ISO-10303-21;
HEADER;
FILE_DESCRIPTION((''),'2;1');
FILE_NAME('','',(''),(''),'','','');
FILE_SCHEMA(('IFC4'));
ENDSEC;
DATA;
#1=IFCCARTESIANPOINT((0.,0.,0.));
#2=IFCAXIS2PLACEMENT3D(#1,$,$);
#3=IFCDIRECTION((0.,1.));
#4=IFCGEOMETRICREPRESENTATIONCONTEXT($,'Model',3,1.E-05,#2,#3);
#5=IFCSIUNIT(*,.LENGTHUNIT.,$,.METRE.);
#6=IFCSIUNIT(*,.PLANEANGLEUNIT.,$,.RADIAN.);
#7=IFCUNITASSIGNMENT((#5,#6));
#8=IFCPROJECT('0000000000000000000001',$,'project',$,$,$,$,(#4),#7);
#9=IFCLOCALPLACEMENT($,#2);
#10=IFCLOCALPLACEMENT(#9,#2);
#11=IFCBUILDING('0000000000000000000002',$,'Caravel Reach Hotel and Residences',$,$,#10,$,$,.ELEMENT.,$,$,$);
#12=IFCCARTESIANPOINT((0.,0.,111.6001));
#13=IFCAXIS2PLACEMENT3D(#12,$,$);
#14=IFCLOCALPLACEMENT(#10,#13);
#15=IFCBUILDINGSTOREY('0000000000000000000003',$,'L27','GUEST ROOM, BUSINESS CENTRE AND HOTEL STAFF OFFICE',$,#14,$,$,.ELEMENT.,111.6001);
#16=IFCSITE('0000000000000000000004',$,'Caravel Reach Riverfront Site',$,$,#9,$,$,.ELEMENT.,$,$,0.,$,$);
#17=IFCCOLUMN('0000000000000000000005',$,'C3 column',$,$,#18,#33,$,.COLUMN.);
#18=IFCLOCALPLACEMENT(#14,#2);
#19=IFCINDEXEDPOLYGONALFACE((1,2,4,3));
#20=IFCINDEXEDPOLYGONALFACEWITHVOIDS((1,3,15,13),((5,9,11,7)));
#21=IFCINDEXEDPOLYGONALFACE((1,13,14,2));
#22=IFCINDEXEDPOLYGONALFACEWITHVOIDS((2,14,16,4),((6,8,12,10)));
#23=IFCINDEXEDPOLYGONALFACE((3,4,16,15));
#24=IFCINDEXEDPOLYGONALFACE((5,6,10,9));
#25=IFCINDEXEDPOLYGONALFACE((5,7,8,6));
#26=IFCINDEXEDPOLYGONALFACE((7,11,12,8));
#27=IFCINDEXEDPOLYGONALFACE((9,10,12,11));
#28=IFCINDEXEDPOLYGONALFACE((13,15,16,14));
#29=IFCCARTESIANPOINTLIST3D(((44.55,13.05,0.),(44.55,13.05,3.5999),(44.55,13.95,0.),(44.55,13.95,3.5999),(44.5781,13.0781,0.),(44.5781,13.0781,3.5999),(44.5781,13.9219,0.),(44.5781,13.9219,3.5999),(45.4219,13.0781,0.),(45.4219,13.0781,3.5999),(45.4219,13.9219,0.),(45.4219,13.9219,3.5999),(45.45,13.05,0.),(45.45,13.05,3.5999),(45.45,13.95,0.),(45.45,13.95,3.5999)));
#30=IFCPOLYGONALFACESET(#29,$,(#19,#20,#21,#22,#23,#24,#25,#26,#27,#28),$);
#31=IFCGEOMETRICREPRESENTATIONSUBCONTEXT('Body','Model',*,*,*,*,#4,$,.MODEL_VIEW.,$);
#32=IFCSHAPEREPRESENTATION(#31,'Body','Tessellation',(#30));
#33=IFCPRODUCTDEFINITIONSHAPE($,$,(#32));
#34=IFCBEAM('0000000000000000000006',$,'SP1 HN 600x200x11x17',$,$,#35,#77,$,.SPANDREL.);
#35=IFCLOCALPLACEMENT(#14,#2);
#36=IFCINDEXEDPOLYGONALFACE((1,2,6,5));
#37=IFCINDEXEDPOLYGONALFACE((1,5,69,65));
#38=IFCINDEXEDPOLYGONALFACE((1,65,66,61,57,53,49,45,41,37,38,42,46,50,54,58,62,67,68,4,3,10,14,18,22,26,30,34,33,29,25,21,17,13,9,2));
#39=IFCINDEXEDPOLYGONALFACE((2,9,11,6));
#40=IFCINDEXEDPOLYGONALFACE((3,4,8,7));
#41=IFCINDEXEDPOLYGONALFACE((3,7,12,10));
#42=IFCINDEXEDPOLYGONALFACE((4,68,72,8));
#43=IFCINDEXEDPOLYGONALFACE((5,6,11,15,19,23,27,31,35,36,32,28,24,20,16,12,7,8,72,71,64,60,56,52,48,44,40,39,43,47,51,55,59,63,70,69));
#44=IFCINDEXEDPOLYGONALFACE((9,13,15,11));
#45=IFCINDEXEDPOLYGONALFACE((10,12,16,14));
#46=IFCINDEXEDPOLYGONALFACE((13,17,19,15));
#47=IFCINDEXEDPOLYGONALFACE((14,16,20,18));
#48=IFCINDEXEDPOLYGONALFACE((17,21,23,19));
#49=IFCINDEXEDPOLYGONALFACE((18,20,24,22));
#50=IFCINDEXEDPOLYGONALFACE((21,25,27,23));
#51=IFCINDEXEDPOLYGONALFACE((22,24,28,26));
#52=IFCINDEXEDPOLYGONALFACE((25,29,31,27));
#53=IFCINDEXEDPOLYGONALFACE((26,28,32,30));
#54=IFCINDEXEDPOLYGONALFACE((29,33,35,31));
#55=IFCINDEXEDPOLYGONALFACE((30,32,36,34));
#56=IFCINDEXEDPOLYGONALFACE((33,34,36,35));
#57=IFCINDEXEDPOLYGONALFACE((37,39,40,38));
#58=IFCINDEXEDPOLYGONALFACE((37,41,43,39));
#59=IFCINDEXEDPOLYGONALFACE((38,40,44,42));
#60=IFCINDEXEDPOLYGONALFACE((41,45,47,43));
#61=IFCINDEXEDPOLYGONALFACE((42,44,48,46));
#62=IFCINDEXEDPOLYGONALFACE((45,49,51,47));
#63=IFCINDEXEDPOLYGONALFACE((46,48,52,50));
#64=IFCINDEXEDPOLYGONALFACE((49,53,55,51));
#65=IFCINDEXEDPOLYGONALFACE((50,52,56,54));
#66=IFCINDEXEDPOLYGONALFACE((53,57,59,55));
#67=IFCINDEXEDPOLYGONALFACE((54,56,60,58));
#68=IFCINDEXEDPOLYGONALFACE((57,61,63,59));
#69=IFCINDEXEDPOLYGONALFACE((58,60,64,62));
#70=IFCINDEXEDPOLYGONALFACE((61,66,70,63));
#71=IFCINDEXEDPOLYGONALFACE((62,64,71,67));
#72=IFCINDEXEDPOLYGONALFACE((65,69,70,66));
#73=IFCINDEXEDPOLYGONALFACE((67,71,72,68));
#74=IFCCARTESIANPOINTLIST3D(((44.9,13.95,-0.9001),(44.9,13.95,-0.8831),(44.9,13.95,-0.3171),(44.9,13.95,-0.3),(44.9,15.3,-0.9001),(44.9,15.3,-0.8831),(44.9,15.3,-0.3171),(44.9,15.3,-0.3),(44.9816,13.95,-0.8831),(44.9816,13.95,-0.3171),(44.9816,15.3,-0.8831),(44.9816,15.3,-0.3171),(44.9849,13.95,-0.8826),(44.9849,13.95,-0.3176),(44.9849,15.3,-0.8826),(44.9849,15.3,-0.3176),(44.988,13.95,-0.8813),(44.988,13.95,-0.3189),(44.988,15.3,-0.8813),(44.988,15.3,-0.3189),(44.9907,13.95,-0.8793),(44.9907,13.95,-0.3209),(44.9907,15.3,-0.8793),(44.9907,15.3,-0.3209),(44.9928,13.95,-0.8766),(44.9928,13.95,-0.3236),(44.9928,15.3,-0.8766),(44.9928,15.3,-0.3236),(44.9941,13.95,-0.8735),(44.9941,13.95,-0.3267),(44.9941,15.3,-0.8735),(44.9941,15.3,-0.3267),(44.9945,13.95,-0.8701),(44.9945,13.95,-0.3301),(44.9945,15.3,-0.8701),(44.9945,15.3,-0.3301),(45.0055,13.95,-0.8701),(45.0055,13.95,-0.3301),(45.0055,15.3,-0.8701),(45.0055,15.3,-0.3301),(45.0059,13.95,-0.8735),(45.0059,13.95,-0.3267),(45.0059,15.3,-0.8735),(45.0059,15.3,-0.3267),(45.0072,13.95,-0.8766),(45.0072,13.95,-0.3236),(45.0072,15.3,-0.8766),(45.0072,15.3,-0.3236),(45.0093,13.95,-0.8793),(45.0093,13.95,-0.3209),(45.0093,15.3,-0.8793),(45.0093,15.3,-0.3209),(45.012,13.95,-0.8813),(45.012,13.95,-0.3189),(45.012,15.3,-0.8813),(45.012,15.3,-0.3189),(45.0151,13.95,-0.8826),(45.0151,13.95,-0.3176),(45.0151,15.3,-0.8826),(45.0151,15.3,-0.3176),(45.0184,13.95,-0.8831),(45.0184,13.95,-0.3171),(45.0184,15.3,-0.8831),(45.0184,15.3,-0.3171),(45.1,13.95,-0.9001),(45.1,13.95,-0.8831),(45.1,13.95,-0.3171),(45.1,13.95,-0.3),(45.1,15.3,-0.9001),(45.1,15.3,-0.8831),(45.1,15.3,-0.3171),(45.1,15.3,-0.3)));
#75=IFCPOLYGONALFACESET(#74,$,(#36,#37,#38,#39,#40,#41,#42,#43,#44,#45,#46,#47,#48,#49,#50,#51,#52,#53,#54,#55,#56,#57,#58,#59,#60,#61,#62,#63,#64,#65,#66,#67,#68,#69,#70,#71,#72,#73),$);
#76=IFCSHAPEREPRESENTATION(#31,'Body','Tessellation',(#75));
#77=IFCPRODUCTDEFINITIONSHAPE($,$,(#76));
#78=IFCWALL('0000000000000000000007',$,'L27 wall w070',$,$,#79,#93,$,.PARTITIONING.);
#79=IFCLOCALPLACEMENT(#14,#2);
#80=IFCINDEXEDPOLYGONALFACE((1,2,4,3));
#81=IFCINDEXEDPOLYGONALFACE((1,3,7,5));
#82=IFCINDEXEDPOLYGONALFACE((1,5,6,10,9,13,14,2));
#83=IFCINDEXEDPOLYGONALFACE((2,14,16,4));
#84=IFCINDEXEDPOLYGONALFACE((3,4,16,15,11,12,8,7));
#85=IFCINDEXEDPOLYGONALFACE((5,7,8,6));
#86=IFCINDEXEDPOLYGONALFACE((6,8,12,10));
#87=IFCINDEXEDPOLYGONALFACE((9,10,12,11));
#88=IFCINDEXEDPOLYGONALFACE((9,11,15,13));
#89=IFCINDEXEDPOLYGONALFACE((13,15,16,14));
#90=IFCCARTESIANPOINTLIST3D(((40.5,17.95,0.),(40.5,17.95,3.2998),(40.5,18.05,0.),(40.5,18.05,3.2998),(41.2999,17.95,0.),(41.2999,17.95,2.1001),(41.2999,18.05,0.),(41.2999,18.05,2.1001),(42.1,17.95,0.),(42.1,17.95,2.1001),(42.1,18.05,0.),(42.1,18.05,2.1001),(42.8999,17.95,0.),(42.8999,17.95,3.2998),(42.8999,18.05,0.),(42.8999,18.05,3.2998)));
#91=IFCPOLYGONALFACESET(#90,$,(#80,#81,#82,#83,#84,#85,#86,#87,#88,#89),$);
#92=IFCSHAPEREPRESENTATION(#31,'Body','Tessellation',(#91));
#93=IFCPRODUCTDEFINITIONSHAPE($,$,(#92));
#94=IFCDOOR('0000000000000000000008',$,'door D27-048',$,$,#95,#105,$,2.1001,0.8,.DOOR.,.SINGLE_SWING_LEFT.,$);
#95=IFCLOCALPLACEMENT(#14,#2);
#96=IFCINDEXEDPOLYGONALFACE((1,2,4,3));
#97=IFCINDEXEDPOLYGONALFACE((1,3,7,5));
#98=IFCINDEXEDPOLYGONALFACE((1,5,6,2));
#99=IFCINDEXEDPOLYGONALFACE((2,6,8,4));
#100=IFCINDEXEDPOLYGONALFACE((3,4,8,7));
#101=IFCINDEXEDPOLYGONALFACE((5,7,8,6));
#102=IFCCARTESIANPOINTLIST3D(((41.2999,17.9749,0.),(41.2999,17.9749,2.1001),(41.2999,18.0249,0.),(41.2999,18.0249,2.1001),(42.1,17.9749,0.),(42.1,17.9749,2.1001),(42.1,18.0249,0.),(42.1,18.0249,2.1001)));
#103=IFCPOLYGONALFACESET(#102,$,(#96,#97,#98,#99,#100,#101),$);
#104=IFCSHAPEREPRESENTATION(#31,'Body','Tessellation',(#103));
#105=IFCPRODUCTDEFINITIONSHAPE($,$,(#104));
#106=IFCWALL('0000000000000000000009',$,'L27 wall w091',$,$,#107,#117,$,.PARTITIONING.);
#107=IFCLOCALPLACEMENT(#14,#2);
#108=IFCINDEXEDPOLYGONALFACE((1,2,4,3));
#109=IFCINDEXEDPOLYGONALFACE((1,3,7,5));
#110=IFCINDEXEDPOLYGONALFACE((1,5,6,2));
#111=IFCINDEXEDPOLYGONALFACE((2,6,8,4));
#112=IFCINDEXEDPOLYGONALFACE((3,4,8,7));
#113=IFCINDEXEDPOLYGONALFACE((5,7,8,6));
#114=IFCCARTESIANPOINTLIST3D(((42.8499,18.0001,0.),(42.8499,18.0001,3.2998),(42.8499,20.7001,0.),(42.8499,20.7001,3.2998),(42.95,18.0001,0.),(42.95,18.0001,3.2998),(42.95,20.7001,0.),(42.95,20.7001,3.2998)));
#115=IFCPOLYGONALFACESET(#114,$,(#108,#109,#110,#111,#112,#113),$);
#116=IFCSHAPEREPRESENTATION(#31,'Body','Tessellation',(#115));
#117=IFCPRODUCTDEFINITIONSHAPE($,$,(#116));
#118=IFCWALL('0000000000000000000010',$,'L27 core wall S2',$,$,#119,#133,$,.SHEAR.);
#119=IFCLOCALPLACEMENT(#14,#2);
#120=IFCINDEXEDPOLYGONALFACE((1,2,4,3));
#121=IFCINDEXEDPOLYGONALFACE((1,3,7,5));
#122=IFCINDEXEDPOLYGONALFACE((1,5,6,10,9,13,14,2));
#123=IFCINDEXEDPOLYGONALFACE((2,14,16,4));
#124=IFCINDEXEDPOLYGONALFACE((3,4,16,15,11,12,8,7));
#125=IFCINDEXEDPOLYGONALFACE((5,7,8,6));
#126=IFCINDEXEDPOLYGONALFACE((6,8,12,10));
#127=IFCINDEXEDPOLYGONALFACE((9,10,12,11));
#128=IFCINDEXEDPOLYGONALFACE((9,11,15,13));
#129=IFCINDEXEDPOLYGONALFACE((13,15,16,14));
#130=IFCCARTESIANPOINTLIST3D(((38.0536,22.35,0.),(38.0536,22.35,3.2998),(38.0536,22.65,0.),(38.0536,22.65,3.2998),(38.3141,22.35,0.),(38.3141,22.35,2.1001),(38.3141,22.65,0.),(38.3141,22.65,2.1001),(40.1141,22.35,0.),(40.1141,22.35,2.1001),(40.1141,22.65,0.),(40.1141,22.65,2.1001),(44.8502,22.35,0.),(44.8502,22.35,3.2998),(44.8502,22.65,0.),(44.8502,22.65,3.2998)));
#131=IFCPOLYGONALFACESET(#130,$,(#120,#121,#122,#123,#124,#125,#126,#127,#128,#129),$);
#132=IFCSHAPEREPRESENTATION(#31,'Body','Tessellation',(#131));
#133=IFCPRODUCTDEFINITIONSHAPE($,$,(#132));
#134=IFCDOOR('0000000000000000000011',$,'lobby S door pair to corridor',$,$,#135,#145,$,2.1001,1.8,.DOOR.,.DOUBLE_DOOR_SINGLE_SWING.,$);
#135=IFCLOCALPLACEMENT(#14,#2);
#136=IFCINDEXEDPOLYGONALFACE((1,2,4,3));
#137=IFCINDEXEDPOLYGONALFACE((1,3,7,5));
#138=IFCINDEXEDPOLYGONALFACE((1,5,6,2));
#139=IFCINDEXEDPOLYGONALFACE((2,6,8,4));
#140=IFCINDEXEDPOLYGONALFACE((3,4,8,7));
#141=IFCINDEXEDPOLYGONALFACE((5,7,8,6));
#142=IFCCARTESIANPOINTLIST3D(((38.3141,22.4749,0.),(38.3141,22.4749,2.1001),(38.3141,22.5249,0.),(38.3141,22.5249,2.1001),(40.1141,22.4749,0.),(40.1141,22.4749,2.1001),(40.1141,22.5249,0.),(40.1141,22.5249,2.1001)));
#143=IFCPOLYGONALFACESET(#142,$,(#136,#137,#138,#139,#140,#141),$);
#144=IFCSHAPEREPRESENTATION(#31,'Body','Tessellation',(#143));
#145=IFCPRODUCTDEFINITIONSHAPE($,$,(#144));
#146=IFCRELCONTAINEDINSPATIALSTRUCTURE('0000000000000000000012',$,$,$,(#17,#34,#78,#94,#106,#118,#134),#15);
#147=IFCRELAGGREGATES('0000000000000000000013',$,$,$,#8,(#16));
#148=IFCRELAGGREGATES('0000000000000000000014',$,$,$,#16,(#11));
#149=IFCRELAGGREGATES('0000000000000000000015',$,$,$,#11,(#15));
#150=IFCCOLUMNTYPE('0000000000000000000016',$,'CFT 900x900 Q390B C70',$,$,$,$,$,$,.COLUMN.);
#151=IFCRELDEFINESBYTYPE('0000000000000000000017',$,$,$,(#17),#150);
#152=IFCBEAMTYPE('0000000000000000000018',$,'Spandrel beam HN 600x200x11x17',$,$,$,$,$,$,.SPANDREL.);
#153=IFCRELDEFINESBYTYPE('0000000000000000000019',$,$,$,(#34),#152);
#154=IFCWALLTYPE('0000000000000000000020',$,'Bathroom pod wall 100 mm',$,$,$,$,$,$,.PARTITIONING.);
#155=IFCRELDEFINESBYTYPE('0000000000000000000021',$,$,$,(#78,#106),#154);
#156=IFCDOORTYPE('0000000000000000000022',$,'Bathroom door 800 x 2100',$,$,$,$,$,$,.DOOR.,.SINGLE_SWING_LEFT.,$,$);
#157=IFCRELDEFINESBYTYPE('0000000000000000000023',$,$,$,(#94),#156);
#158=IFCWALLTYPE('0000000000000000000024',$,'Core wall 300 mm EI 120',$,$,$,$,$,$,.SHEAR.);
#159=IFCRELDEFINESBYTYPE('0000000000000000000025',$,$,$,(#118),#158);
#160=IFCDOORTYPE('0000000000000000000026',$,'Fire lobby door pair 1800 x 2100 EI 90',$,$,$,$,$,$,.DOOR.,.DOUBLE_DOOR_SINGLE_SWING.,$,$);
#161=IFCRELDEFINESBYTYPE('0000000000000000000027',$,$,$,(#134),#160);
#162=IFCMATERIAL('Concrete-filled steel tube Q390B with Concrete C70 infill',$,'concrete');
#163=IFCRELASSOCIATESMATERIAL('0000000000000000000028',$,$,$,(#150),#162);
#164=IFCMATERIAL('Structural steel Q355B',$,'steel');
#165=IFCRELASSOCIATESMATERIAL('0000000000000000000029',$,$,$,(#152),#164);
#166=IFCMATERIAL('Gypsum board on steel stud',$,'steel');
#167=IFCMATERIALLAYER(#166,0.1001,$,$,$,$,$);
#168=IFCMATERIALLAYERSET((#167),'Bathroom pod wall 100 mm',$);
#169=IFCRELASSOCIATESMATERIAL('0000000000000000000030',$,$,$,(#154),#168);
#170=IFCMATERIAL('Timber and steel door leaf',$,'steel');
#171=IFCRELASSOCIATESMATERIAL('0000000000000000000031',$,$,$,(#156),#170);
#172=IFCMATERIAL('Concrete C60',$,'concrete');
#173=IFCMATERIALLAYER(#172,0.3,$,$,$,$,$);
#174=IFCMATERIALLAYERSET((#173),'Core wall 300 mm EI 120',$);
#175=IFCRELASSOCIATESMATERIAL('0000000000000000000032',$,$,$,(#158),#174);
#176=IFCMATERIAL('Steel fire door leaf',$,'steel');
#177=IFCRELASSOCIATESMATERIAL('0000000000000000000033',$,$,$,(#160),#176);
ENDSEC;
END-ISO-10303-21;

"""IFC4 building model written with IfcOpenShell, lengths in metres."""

from ifc_helpers import new_model, si_unit, direction, frame, frame_2d, origin, origin_2d, place, context, subcontext, project, spatial, rectangle, hollow_rectangle, i_section, extrude, material, layer, layer_set, material_profile, profile_set, type_object, element, fill, save


model = new_model("IFC4")

# Units and contexts
model_context = context("Model", 3, precision=1e-05, world=origin(), true_north=direction((0.0, 1.0)))
body_context = subcontext(model_context, "Body", "Model", "MODEL_VIEW")
ifc_project = project(units=[si_unit("LENGTHUNIT", "METRE"), si_unit("PLANEANGLEUNIT", "RADIAN")], contexts=[model_context])

# Site, building, storey
site_placement = place(None, origin())
site = spatial("IfcSite", under=ifc_project, at=site_placement, Name="Caravel Reach Riverfront Site", CompositionType="ELEMENT", RefElevation=0.0)
building_placement = place(site_placement, origin())
building = spatial("IfcBuilding", under=site, at=building_placement, Name="Caravel Reach Hotel and Residences", CompositionType="ELEMENT")
storey_placement = place(building_placement, frame((0.0, 0.0, 111.6001)))
storey = spatial("IfcBuildingStorey", under=building, at=storey_placement, Name="L27", Description="GUEST ROOM, BUSINESS CENTRE AND HOTEL STAFF OFFICE", CompositionType="ELEMENT", Elevation=111.6001)

# Column
ifc_material_1 = material(Name="Concrete-filled steel tube Q390B with Concrete C70 infill", Category="concrete")
ifc_material_profile_1 = material_profile(ifc_material_1, hollow_rectangle(XDim=0.8999, YDim=0.8999, WallThickness=0.0281, at=origin_2d()), Name="RHS 900x900x28")
ifc_profile_set_1 = profile_set([ifc_material_profile_1], Name="Concrete-filled steel tube Q390B with Concrete C70 infill")
column_type = type_object("IfcColumnType", Name="CFT 900x900 Q390B C70", PredefinedType="COLUMN", material=ifc_profile_set_1)
column_placement = place(storey_placement, frame((45.0, 13.5, 0.0), z_axis=(0.0, 0.0, 1.0), x_axis=(1.0, 0.0, 0.0)))
element("IfcColumn", 1, at=column_placement, inside=storey, type_object=column_type, Name="C3 column", PredefinedType="COLUMN", context=body_context, shape_type="SweptSolid", body=[
    extrude(hollow_rectangle(XDim=0.8999, YDim=0.8999, WallThickness=0.0281, at=origin_2d()), origin(), (0.0, 0.0, 1.0), 3.5999),
])

# Beam
ifc_material_2 = material(Name="Structural steel Q355B", Category="steel")
ifc_material_profile_2 = material_profile(ifc_material_2, i_section(OverallWidth=0.2, OverallDepth=0.6001, WebThickness=0.011, FlangeThickness=0.0171, FilletRadius=0.0129, at=origin_2d()), Name="HN 600x200x11x17")
ifc_profile_set_2 = profile_set([ifc_material_profile_2], Name="Structural steel Q355B")
beam_type = type_object("IfcBeamType", Name="Spandrel beam HN 600x200x11x17", PredefinedType="SPANDREL", material=ifc_profile_set_2)
beam_placement = place(storey_placement, frame((45.0, 13.95, -0.6001), z_axis=(0.0, 1.0, 0.0), x_axis=(-1.0, 0.0, 0.0)))
element("IfcBeam", 2, at=beam_placement, inside=storey, type_object=beam_type, Name="SP1 HN 600x200x11x17", PredefinedType="SPANDREL", context=body_context, shape_type="SweptSolid", body=[
    extrude(i_section(OverallWidth=0.2, OverallDepth=0.6001, WebThickness=0.011, FlangeThickness=0.0171, FilletRadius=0.0129, at=origin_2d()), origin(), (0.0, 0.0, 1.0), 1.3501),
])

# Wall, opening, door
ifc_material_3 = material(Name="Gypsum board on steel stud", Category="steel")
ifc_layer_1 = layer(ifc_material_3, 0.1001)
ifc_layer_set_1 = layer_set([ifc_layer_1], Name="Bathroom pod wall 100 mm")
wall_type_1 = type_object("IfcWallType", Name="Bathroom pod wall 100 mm", PredefinedType="PARTITIONING", material=ifc_layer_set_1)
wall_1_placement = place(storey_placement, frame((40.5, 18.0, 0.0), z_axis=(0.0, 0.0, 1.0), x_axis=(1.0, 0.0, 0.0)))
wall_1 = element("IfcWall", 3, at=wall_1_placement, inside=storey, type_object=wall_type_1, Name="L27 wall w070", PredefinedType="PARTITIONING", context=body_context, shape_type="SweptSolid", body=[
    extrude(rectangle(XDim=2.3999, YDim=0.1001, at=frame_2d((1.2, 0.0))), origin(), (0.0, 0.0, 1.0), 3.2998),
])
opening_1_placement = place(wall_1_placement, frame((0.8, 0.0, 0.0)))
opening_1 = element("IfcOpeningElement", 4, at=opening_1_placement, cuts=wall_1, PredefinedType="OPENING", context=body_context, shape_type="SweptSolid", body=[
    extrude(rectangle(XDim=0.8, YDim=2.1001, at=frame_2d((0.3999, 1.05))), frame((0.0, 0.0601, 0.0), z_axis=(0.0, -1.0, 0.0), x_axis=(1.0, 0.0, 0.0)), (0.0, 0.0, 1.0), 0.1201),
])
ifc_material_4 = material(Name="Timber and steel door leaf", Category="steel")
door_type_1 = type_object("IfcDoorType", Name="Bathroom door 800 x 2100", OperationType="SINGLE_SWING_LEFT", PredefinedType="DOOR", material=ifc_material_4)
door_1_placement = place(opening_1_placement, origin())
door_1 = element("IfcDoor", 5, at=door_1_placement, inside=storey, type_object=door_type_1, Name="door D27-048", OperationType="SINGLE_SWING_LEFT", OverallHeight=2.1001, OverallWidth=0.8, PredefinedType="DOOR", context=body_context, shape_type="SweptSolid", body=[
    extrude(rectangle(XDim=0.8, YDim=2.1001, at=frame_2d((0.3999, 1.05))), frame((0.0, 0.0249, 0.0), z_axis=(0.0, -1.0, 0.0), x_axis=(1.0, 0.0, 0.0)), (0.0, 0.0, 1.0), 0.05),
])
fill(opening_1, door_1)

# Wall
wall_2_placement = place(storey_placement, frame((42.8999, 18.0, 0.0), z_axis=(0.0, 0.0, 1.0), x_axis=(0.0, 1.0, 0.0)))
element("IfcWall", 6, at=wall_2_placement, inside=storey, type_object=wall_type_1, Name="L27 wall w091", PredefinedType="PARTITIONING", context=body_context, shape_type="SweptSolid", body=[
    extrude(rectangle(XDim=2.7, YDim=0.1001, at=frame_2d((1.3501, 0.0))), origin(), (0.0, 0.0, 1.0), 3.2998),
])

# Wall, opening, door
ifc_material_5 = material(Name="Concrete C60", Category="concrete")
ifc_layer_2 = layer(ifc_material_5, 0.3)
ifc_layer_set_2 = layer_set([ifc_layer_2], Name="Core wall 300 mm EI 120")
wall_type_2 = type_object("IfcWallType", Name="Core wall 300 mm EI 120", PredefinedType="SHEAR", material=ifc_layer_set_2)
wall_3_placement = place(storey_placement, frame((38.0535, 22.5, 0.0), z_axis=(0.0, 0.0, 1.0), x_axis=(1.0, 0.0, 0.0)))
wall_3 = element("IfcWall", 7, at=wall_3_placement, inside=storey, type_object=wall_type_2, Name="L27 core wall S2", PredefinedType="SHEAR", context=body_context, shape_type="SweptSolid", body=[
    extrude(rectangle(XDim=6.7966, YDim=0.3, at=frame_2d((3.3984, 0.0))), origin(), (0.0, 0.0, 1.0), 3.2998),
])
opening_2_placement = place(wall_3_placement, frame((0.2607, 0.0, 0.0)))
opening_2 = element("IfcOpeningElement", 8, at=opening_2_placement, cuts=wall_3, PredefinedType="OPENING", context=body_context, shape_type="SweptSolid", body=[
    extrude(rectangle(XDim=1.8, YDim=2.1001, at=frame_2d((0.8999, 1.05))), frame((0.0, 0.1599, 0.0), z_axis=(0.0, -1.0, 0.0), x_axis=(1.0, 0.0, 0.0)), (0.0, 0.0, 1.0), 0.3201),
])
ifc_material_6 = material(Name="Steel fire door leaf", Category="steel")
door_type_2 = type_object("IfcDoorType", Name="Fire lobby door pair 1800 x 2100 EI 90", OperationType="DOUBLE_DOOR_SINGLE_SWING", PredefinedType="DOOR", material=ifc_material_6)
door_2_placement = place(opening_2_placement, origin())
door_2 = element("IfcDoor", 9, at=door_2_placement, inside=storey, type_object=door_type_2, Name="lobby S door pair to corridor", OperationType="DOUBLE_DOOR_SINGLE_SWING", OverallHeight=2.1001, OverallWidth=1.8, PredefinedType="DOOR", context=body_context, shape_type="SweptSolid", body=[
    extrude(rectangle(XDim=1.8, YDim=2.1001, at=frame_2d((0.8999, 1.05))), frame((0.0, 0.0249, 0.0), z_axis=(0.0, -1.0, 0.0), x_axis=(1.0, 0.0, 0.0)), (0.0, 0.0, 1.0), 0.05),
])
fill(opening_2, door_2)

save(model, "model.ifc")
